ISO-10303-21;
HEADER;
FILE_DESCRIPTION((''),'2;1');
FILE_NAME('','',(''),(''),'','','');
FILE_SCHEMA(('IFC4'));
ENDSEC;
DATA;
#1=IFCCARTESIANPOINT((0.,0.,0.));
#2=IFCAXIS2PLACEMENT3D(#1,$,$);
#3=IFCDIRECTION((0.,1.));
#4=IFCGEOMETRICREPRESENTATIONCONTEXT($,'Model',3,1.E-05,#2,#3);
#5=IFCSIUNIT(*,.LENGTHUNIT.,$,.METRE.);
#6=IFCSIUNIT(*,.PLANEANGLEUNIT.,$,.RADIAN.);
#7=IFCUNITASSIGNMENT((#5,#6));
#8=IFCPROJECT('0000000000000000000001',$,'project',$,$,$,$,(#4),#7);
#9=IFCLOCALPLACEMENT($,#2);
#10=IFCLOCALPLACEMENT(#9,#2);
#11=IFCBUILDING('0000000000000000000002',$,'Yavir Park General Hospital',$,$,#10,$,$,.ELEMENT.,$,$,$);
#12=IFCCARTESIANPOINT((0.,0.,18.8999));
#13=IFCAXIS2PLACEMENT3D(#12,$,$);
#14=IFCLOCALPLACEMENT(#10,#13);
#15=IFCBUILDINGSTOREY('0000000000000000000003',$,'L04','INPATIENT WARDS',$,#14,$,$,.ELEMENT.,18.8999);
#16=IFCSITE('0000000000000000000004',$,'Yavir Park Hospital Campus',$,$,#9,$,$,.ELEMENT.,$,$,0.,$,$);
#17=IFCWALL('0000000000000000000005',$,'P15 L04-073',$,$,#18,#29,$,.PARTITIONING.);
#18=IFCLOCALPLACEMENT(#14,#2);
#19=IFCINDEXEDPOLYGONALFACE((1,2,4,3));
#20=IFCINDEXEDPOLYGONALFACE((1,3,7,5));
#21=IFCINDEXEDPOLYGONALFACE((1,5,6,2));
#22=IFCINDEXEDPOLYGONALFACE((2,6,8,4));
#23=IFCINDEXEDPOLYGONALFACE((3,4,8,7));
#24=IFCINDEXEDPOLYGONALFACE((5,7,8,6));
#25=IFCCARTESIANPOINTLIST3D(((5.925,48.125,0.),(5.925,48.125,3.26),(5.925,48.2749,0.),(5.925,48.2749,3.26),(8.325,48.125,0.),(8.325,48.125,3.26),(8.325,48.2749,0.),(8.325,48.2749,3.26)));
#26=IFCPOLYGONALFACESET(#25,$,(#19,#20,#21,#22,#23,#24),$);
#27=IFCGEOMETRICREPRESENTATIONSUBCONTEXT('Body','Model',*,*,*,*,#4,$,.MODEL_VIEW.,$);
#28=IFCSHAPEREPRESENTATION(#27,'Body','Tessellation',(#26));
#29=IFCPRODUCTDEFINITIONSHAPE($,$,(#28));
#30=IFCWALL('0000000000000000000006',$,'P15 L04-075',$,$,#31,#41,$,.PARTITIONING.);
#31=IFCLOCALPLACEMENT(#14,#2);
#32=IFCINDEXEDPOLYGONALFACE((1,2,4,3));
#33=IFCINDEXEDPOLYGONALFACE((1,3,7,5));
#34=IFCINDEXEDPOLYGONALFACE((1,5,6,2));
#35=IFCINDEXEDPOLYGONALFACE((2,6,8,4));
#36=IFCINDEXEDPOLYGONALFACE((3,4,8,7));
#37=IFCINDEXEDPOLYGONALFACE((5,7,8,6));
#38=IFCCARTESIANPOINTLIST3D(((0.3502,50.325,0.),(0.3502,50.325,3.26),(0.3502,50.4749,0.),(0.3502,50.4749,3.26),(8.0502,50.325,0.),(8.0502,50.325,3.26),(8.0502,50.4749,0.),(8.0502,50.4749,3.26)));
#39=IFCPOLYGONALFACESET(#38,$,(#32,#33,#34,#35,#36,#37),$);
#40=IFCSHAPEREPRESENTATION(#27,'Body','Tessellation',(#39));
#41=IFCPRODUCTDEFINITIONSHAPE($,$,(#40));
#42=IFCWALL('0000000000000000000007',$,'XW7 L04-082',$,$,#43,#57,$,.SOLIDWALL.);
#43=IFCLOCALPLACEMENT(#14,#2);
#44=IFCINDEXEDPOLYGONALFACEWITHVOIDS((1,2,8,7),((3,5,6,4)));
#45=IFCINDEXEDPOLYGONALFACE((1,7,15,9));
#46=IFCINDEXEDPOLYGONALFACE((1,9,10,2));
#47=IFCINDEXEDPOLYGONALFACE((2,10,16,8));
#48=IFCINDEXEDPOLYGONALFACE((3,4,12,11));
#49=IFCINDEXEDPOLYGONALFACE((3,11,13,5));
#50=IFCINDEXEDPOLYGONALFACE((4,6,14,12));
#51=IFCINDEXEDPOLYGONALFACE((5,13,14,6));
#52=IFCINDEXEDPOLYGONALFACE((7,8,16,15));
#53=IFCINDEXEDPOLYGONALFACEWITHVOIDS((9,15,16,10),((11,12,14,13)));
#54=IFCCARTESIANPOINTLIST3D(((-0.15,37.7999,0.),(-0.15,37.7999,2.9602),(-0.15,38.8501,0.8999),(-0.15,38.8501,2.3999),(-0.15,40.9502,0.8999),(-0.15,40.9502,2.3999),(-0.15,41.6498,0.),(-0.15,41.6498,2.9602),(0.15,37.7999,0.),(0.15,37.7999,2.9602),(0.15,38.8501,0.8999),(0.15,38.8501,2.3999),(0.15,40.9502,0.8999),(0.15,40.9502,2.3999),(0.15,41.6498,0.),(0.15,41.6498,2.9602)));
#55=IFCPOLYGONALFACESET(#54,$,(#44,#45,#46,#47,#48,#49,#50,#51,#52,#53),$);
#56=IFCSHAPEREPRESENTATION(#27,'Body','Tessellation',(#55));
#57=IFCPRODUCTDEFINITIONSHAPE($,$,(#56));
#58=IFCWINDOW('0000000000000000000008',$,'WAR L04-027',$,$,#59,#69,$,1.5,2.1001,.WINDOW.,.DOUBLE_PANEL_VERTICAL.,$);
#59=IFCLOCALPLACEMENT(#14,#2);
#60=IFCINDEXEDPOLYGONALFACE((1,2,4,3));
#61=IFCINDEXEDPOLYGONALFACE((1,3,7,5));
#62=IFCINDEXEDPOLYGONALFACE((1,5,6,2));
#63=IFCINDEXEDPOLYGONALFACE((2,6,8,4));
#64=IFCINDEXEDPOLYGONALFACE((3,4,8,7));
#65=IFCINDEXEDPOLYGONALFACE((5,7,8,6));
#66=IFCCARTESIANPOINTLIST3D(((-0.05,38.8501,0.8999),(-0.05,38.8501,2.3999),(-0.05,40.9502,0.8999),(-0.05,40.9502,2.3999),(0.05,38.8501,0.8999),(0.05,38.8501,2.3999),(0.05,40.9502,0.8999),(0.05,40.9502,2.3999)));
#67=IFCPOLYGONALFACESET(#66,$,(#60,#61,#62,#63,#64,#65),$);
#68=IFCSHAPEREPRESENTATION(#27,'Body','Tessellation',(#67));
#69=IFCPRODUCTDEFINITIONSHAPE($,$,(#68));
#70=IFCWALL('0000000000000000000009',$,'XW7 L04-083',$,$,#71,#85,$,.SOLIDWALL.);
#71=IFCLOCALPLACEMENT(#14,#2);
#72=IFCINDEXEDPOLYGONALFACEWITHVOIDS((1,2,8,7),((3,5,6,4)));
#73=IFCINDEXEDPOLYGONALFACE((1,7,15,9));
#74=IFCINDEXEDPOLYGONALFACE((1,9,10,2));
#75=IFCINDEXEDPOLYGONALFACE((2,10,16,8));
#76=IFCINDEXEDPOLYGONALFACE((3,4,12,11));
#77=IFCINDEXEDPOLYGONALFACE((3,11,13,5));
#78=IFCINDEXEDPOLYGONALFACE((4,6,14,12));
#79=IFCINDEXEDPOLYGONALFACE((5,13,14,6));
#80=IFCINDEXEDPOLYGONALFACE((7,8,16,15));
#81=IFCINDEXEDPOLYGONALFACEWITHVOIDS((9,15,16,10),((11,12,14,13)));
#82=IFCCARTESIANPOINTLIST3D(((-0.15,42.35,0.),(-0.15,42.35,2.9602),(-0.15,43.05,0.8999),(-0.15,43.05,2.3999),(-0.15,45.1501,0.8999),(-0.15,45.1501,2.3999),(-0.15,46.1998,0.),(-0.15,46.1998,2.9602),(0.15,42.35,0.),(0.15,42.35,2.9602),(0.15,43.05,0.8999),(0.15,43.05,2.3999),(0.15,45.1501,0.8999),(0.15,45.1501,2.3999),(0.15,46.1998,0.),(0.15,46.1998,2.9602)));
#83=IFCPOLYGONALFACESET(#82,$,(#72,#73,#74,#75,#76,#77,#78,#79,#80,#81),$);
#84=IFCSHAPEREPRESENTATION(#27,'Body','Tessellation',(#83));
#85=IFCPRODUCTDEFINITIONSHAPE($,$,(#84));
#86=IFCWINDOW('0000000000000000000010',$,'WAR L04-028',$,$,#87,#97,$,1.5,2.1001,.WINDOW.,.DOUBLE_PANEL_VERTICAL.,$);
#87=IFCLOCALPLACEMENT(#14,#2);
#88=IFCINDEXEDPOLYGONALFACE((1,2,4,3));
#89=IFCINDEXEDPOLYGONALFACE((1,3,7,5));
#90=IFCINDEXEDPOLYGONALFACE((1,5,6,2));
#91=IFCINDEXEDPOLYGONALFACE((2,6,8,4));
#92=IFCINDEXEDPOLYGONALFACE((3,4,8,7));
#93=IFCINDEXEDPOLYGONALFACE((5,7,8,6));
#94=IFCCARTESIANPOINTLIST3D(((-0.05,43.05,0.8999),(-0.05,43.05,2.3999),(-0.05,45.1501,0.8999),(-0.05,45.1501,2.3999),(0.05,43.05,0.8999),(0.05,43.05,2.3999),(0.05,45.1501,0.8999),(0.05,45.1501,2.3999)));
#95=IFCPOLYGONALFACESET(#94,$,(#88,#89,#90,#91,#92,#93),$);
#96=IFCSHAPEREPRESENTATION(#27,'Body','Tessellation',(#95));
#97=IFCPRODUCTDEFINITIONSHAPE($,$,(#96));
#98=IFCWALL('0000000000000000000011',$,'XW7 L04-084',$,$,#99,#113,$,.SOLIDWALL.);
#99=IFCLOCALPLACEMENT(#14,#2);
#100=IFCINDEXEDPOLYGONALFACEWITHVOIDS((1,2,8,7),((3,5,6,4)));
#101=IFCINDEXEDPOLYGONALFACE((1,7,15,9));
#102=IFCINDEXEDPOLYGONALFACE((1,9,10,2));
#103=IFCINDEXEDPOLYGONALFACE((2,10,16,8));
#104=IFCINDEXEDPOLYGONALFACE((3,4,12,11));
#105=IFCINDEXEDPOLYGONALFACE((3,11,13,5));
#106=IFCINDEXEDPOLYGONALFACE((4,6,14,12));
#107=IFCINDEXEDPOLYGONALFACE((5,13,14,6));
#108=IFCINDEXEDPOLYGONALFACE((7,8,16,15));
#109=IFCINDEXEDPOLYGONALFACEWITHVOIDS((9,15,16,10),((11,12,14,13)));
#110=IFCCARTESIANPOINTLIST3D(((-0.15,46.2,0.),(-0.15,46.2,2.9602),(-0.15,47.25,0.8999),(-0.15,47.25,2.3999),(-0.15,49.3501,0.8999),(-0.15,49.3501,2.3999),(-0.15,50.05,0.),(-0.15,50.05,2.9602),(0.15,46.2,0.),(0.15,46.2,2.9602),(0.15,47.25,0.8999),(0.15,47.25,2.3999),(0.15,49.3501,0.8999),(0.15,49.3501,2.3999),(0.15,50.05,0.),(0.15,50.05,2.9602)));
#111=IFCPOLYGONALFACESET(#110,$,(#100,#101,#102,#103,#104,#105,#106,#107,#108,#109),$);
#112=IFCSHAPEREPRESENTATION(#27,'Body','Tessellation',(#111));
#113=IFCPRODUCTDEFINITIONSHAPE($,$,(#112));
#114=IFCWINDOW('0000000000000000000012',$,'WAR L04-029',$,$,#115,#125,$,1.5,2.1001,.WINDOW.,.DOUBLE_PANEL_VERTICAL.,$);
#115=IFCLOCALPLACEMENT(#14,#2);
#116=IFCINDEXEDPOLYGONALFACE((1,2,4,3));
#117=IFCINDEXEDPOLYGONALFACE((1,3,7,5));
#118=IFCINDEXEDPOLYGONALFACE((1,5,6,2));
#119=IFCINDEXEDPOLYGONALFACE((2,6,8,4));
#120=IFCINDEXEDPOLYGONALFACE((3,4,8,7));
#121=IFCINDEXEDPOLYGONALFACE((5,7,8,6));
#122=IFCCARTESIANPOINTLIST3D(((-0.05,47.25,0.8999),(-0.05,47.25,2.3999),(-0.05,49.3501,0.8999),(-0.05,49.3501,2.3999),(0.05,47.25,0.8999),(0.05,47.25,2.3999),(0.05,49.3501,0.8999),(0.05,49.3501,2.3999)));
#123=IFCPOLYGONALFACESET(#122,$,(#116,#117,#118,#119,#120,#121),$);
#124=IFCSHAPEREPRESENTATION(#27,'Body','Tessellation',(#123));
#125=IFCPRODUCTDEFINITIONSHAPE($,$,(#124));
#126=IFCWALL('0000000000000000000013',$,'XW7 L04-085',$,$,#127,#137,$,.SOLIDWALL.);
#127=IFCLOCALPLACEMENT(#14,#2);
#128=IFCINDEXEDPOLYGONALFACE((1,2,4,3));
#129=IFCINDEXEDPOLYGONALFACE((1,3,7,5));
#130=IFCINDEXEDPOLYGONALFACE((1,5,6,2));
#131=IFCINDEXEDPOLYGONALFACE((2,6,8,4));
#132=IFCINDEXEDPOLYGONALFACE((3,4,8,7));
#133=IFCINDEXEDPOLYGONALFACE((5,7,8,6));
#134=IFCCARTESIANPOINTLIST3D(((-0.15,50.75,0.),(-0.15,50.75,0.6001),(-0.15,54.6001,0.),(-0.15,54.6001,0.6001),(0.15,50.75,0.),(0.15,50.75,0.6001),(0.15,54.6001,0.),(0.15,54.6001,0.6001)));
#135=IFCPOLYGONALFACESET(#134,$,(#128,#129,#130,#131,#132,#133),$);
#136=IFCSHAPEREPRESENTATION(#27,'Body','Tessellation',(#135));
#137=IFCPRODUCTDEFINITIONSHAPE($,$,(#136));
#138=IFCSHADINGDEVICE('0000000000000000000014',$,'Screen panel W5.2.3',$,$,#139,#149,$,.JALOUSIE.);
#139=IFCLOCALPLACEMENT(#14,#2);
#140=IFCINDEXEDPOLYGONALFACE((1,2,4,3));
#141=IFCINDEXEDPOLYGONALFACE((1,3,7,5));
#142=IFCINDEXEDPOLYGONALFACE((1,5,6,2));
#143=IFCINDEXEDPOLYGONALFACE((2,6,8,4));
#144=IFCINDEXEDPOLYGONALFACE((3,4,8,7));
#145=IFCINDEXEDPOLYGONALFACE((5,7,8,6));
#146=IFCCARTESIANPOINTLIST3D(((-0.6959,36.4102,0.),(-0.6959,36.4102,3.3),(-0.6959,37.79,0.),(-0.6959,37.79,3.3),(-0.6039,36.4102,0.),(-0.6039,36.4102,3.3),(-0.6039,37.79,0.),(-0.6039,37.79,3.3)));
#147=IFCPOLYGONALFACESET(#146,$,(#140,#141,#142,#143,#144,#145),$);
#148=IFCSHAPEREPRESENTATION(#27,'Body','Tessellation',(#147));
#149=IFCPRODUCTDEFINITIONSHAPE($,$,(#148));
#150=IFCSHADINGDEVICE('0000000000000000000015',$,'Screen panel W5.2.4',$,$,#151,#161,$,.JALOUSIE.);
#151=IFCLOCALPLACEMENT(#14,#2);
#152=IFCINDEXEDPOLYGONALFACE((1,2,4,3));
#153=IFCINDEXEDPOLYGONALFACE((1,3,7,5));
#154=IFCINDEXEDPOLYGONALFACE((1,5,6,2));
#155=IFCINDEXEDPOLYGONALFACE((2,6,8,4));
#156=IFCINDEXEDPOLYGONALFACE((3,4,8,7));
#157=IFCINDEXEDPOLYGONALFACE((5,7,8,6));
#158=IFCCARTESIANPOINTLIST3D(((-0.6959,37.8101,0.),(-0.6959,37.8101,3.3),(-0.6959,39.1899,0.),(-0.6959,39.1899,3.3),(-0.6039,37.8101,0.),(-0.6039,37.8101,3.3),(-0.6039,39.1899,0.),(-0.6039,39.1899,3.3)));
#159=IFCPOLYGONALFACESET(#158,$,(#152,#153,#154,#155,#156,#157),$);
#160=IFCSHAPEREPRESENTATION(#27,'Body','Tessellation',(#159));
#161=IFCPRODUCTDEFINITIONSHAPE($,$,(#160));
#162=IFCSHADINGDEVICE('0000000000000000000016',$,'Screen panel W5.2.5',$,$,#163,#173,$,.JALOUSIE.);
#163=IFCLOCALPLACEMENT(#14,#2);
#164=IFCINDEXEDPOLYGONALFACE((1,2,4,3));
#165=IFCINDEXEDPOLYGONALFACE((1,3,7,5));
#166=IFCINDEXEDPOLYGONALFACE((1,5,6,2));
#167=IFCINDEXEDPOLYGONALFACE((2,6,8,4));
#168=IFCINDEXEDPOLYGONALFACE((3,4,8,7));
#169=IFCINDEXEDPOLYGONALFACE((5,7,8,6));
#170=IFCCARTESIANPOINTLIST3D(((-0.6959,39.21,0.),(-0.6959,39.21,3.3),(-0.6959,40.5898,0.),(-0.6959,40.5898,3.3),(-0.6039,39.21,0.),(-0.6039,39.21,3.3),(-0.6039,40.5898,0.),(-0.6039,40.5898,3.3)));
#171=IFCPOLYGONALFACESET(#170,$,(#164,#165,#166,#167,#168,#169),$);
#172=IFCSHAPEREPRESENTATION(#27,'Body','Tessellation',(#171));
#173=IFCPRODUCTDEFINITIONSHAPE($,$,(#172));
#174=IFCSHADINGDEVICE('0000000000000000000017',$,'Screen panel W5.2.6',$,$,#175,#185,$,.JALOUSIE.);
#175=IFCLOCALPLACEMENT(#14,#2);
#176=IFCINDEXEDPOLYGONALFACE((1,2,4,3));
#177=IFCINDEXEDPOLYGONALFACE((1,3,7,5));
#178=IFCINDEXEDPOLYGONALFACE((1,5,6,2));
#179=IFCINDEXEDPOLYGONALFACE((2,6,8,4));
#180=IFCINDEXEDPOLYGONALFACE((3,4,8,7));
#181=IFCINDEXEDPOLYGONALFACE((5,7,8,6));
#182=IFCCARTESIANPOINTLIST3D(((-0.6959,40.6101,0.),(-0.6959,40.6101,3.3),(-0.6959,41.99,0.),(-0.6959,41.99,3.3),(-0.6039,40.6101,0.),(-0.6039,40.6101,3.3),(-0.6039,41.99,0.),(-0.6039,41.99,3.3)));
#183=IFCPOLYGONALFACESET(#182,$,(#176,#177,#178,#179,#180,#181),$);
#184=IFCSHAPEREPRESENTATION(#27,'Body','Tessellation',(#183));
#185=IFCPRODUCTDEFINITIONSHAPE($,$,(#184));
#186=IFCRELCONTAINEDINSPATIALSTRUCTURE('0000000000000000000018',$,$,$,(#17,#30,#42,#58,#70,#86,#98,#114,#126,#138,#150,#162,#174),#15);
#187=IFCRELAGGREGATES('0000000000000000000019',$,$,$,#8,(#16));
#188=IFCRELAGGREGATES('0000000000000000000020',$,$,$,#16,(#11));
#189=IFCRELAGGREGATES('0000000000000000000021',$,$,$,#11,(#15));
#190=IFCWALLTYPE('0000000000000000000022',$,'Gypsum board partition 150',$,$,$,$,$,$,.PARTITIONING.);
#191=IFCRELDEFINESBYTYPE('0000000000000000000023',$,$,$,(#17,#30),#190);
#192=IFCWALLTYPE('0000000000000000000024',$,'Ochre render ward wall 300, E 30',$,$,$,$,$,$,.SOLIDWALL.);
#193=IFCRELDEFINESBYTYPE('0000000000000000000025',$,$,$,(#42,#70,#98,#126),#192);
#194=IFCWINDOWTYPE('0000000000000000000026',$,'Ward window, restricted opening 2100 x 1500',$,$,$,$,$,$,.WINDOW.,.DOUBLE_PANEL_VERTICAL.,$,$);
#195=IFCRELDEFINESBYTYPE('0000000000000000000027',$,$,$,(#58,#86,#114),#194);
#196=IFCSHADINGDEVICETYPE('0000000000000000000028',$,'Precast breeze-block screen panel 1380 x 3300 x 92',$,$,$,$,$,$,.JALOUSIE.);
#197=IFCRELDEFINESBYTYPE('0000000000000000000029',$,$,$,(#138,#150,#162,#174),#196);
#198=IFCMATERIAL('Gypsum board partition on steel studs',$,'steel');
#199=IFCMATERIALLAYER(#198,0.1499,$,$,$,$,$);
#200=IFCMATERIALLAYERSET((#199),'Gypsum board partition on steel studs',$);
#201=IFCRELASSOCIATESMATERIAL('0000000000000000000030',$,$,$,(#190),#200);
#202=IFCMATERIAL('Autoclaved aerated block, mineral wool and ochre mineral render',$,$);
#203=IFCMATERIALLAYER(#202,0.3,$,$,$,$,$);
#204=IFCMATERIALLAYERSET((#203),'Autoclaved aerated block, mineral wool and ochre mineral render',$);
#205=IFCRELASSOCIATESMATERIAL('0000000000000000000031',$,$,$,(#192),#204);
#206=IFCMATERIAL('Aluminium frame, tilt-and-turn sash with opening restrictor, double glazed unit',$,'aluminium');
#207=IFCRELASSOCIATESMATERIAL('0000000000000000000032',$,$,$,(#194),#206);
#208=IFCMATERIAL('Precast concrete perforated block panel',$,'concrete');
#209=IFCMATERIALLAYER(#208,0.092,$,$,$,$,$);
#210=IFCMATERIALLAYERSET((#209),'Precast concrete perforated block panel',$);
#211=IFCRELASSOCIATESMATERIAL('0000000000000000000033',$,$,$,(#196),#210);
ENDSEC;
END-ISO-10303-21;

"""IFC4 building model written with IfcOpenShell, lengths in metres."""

from ifc_helpers import new_model, si_unit, direction, frame, frame_2d, origin, origin_2d, place, context, subcontext, project, spatial, rectangle, extrude, material, layer, layer_set, type_object, element, fill, save


model = new_model("IFC4")

# Units and contexts
model_context = context("Model", 3, precision=1e-05, world=origin(), true_north=direction((0.0, 1.0)))
body_context = subcontext(model_context, "Body", "Model", "MODEL_VIEW")
ifc_project = project(units=[si_unit("LENGTHUNIT", "METRE"), si_unit("PLANEANGLEUNIT", "RADIAN")], contexts=[model_context])

# Site, building, storey
site_placement = place(None, origin())
site = spatial("IfcSite", under=ifc_project, at=site_placement, Name="Yavir Park Hospital Campus", CompositionType="ELEMENT", RefElevation=0.0)
building_placement = place(site_placement, origin())
building = spatial("IfcBuilding", under=site, at=building_placement, Name="Yavir Park General Hospital", CompositionType="ELEMENT")
storey_placement = place(building_placement, frame((0.0, 0.0, 18.8999)))
storey = spatial("IfcBuildingStorey", under=building, at=storey_placement, Name="L04", Description="INPATIENT WARDS", CompositionType="ELEMENT", Elevation=18.8999)

# Walls
ifc_material_1 = material(Name="Gypsum board partition on steel studs", Category="steel")
ifc_layer_1 = layer(ifc_material_1, 0.1499)
ifc_layer_set_1 = layer_set([ifc_layer_1], Name="Gypsum board partition on steel studs")
wall_type_1 = type_object("IfcWallType", Name="Gypsum board partition 150", PredefinedType="PARTITIONING", material=ifc_layer_set_1)
wall_1_placement = place(storey_placement, frame((5.925, 48.2, 0.0), z_axis=(0.0, 0.0, 1.0), x_axis=(1.0, 0.0, 0.0)))
element("IfcWall", 1, at=wall_1_placement, inside=storey, type_object=wall_type_1, Name="P15 L04-073", PredefinedType="PARTITIONING", context=body_context, shape_type="SweptSolid", body=[
    extrude(rectangle(XDim=2.3999, YDim=0.1499, at=frame_2d((1.2, 0.0))), origin(), (0.0, 0.0, 1.0), 3.26),
])
wall_2_placement = place(storey_placement, frame((0.3501, 50.3999, 0.0), z_axis=(0.0, 0.0, 1.0), x_axis=(1.0, 0.0, 0.0)))
element("IfcWall", 2, at=wall_2_placement, inside=storey, type_object=wall_type_1, Name="P15 L04-075", PredefinedType="PARTITIONING", context=body_context, shape_type="SweptSolid", body=[
    extrude(rectangle(XDim=7.7, YDim=0.1499, at=frame_2d((3.8501, 0.0))), origin(), (0.0, 0.0, 1.0), 3.26),
])

# Walls, openings, windows
ifc_material_2 = material(Name="Autoclaved aerated block, mineral wool and ochre mineral render")
ifc_layer_2 = layer(ifc_material_2, 0.3)
ifc_layer_set_2 = layer_set([ifc_layer_2], Name="Autoclaved aerated block, mineral wool and ochre mineral render")
wall_type_2 = type_object("IfcWallType", Name="Ochre render ward wall 300, E 30", PredefinedType="SOLIDWALL", material=ifc_layer_set_2)
wall_3_placement = place(storey_placement, frame((0.0, 37.8, 0.0), z_axis=(0.0, 0.0, 1.0), x_axis=(0.0, 1.0, 0.0)))
wall_3 = element("IfcWall", 3, at=wall_3_placement, inside=storey, type_object=wall_type_2, Name="XW7 L04-082", PredefinedType="SOLIDWALL", context=body_context, shape_type="SweptSolid", body=[
    extrude(rectangle(XDim=3.8499, YDim=0.3, at=frame_2d((1.9248, 0.0))), origin(), (0.0, 0.0, 1.0), 2.9602),
])
opening_1_placement = place(wall_3_placement, frame((1.05, 0.0, 0.8999)))
opening_1 = element("IfcOpeningElement", 4, at=opening_1_placement, cuts=wall_3, PredefinedType="OPENING", context=body_context, shape_type="SweptSolid", body=[
    extrude(rectangle(XDim=2.1001, YDim=1.5, at=frame_2d((1.05, 0.75))), frame((0.0, 0.1599, 0.0), z_axis=(0.0, -1.0, 0.0), x_axis=(1.0, 0.0, 0.0)), (0.0, 0.0, 1.0), 0.3201),
])
ifc_material_3 = material(Name="Aluminium frame, tilt-and-turn sash with opening restrictor, double glazed unit", Category="aluminium")
window_type = type_object("IfcWindowType", Name="Ward window, restricted opening 2100 x 1500", PartitioningType="DOUBLE_PANEL_VERTICAL", PredefinedType="WINDOW", material=ifc_material_3)
window_1_placement = place(opening_1_placement, origin())
window_1 = element("IfcWindow", 5, at=window_1_placement, inside=storey, type_object=window_type, Name="WAR L04-027", OverallHeight=1.5, OverallWidth=2.1001, PartitioningType="DOUBLE_PANEL_VERTICAL", PredefinedType="WINDOW", context=body_context, shape_type="SweptSolid", body=[
    extrude(rectangle(XDim=2.1001, YDim=1.5, at=frame_2d((1.05, 0.75))), frame((0.0, 0.05, 0.0), z_axis=(0.0, -1.0, 0.0), x_axis=(1.0, 0.0, 0.0)), (0.0, 0.0, 1.0), 0.1001),
])
fill(opening_1, window_1)
wall_4_placement = place(storey_placement, frame((0.0, 42.3501, 0.0), z_axis=(0.0, 0.0, 1.0), x_axis=(0.0, 1.0, 0.0)))
wall_4 = element("IfcWall", 6, at=wall_4_placement, inside=storey, type_object=wall_type_2, Name="XW7 L04-083", PredefinedType="SOLIDWALL", context=body_context, shape_type="SweptSolid", body=[
    extrude(rectangle(XDim=3.8499, YDim=0.3, at=frame_2d((1.9248, 0.0))), origin(), (0.0, 0.0, 1.0), 2.9602),
])
opening_2_placement = place(wall_4_placement, frame((0.7, 0.0, 0.8999)))
opening_2 = element("IfcOpeningElement", 7, at=opening_2_placement, cuts=wall_4, PredefinedType="OPENING", context=body_context, shape_type="SweptSolid", body=[
    extrude(rectangle(XDim=2.1001, YDim=1.5, at=frame_2d((1.05, 0.75))), frame((0.0, 0.1599, 0.0), z_axis=(0.0, -1.0, 0.0), x_axis=(1.0, 0.0, 0.0)), (0.0, 0.0, 1.0), 0.3201),
])
window_2_placement = place(opening_2_placement, origin())
window_2 = element("IfcWindow", 8, at=window_2_placement, inside=storey, type_object=window_type, Name="WAR L04-028", OverallHeight=1.5, OverallWidth=2.1001, PartitioningType="DOUBLE_PANEL_VERTICAL", PredefinedType="WINDOW", context=body_context, shape_type="SweptSolid", body=[
    extrude(rectangle(XDim=2.1001, YDim=1.5, at=frame_2d((1.05, 0.75))), frame((0.0, 0.05, 0.0), z_axis=(0.0, -1.0, 0.0), x_axis=(1.0, 0.0, 0.0)), (0.0, 0.0, 1.0), 0.1001),
])
fill(opening_2, window_2)
wall_5_placement = place(storey_placement, frame((0.0, 46.2, 0.0), z_axis=(0.0, 0.0, 1.0), x_axis=(0.0, 1.0, 0.0)))
wall_5 = element("IfcWall", 9, at=wall_5_placement, inside=storey, type_object=wall_type_2, Name="XW7 L04-084", PredefinedType="SOLIDWALL", context=body_context, shape_type="SweptSolid", body=[
    extrude(rectangle(XDim=3.8501, YDim=0.3, at=frame_2d((1.925, 0.0))), origin(), (0.0, 0.0, 1.0), 2.9602),
])
opening_3_placement = place(wall_5_placement, frame((1.05, 0.0, 0.8999)))
opening_3 = element("IfcOpeningElement", 10, at=opening_3_placement, cuts=wall_5, PredefinedType="OPENING", context=body_context, shape_type="SweptSolid", body=[
    extrude(rectangle(XDim=2.1001, YDim=1.5, at=frame_2d((1.05, 0.75))), frame((0.0, 0.1599, 0.0), z_axis=(0.0, -1.0, 0.0), x_axis=(1.0, 0.0, 0.0)), (0.0, 0.0, 1.0), 0.3201),
])
window_3_placement = place(opening_3_placement, origin())
window_3 = element("IfcWindow", 11, at=window_3_placement, inside=storey, type_object=window_type, Name="WAR L04-029", OverallHeight=1.5, OverallWidth=2.1001, PartitioningType="DOUBLE_PANEL_VERTICAL", PredefinedType="WINDOW", context=body_context, shape_type="SweptSolid", body=[
    extrude(rectangle(XDim=2.1001, YDim=1.5, at=frame_2d((1.05, 0.75))), frame((0.0, 0.05, 0.0), z_axis=(0.0, -1.0, 0.0), x_axis=(1.0, 0.0, 0.0)), (0.0, 0.0, 1.0), 0.1001),
])
fill(opening_3, window_3)

# Wall
wall_6_placement = place(storey_placement, frame((0.0, 50.75, 0.0), z_axis=(0.0, 0.0, 1.0), x_axis=(0.0, 1.0, 0.0)))
element("IfcWall", 12, at=wall_6_placement, inside=storey, type_object=wall_type_2, Name="XW7 L04-085", PredefinedType="SOLIDWALL", context=body_context, shape_type="SweptSolid", body=[
    extrude(rectangle(XDim=3.8501, YDim=0.3, at=frame_2d((1.925, 0.0))), origin(), (0.0, 0.0, 1.0), 0.6001),
])

# Shading devices
ifc_material_4 = material(Name="Precast concrete perforated block panel", Category="concrete")
ifc_layer_3 = layer(ifc_material_4, 0.092)
ifc_layer_set_3 = layer_set([ifc_layer_3], Name="Precast concrete perforated block panel")
shading_device_type = type_object("IfcShadingDeviceType", Name="Precast breeze-block screen panel 1380 x 3300 x 92", PredefinedType="JALOUSIE", material=ifc_layer_set_3)
for number, where, z_axis, x_axis, name in (
    (13, (-0.6499, 37.1001, 0.0), (0.0, 0.0, 1.0), (1.0, 0.0, 0.0), "Screen panel W5.2.3"),
    (14, (-0.6499, 38.5, 0.0), (0.0, 0.0, 1.0), (1.0, 0.0, 0.0), "Screen panel W5.2.4"),
    (15, (-0.6499, 39.8999, 0.0), (0.0, 0.0, 1.0), (1.0, 0.0, 0.0), "Screen panel W5.2.5"),
    (16, (-0.6499, 41.3, 0.0), (0.0, 0.0, 1.0), (1.0, 0.0, 0.0), "Screen panel W5.2.6"),
):
    element("IfcShadingDevice", number, at=place(storey_placement, frame(where, z_axis=z_axis, x_axis=x_axis)), inside=storey, type_object=shading_device_type, Name=name, PredefinedType="JALOUSIE", context=body_context, shape_type="SweptSolid", body=[
        extrude(rectangle(XDim=0.092, YDim=1.3799, at=origin_2d()), origin(), (0.0, 0.0, 1.0), 3.3),
    ])

save(model, "model.ifc")
